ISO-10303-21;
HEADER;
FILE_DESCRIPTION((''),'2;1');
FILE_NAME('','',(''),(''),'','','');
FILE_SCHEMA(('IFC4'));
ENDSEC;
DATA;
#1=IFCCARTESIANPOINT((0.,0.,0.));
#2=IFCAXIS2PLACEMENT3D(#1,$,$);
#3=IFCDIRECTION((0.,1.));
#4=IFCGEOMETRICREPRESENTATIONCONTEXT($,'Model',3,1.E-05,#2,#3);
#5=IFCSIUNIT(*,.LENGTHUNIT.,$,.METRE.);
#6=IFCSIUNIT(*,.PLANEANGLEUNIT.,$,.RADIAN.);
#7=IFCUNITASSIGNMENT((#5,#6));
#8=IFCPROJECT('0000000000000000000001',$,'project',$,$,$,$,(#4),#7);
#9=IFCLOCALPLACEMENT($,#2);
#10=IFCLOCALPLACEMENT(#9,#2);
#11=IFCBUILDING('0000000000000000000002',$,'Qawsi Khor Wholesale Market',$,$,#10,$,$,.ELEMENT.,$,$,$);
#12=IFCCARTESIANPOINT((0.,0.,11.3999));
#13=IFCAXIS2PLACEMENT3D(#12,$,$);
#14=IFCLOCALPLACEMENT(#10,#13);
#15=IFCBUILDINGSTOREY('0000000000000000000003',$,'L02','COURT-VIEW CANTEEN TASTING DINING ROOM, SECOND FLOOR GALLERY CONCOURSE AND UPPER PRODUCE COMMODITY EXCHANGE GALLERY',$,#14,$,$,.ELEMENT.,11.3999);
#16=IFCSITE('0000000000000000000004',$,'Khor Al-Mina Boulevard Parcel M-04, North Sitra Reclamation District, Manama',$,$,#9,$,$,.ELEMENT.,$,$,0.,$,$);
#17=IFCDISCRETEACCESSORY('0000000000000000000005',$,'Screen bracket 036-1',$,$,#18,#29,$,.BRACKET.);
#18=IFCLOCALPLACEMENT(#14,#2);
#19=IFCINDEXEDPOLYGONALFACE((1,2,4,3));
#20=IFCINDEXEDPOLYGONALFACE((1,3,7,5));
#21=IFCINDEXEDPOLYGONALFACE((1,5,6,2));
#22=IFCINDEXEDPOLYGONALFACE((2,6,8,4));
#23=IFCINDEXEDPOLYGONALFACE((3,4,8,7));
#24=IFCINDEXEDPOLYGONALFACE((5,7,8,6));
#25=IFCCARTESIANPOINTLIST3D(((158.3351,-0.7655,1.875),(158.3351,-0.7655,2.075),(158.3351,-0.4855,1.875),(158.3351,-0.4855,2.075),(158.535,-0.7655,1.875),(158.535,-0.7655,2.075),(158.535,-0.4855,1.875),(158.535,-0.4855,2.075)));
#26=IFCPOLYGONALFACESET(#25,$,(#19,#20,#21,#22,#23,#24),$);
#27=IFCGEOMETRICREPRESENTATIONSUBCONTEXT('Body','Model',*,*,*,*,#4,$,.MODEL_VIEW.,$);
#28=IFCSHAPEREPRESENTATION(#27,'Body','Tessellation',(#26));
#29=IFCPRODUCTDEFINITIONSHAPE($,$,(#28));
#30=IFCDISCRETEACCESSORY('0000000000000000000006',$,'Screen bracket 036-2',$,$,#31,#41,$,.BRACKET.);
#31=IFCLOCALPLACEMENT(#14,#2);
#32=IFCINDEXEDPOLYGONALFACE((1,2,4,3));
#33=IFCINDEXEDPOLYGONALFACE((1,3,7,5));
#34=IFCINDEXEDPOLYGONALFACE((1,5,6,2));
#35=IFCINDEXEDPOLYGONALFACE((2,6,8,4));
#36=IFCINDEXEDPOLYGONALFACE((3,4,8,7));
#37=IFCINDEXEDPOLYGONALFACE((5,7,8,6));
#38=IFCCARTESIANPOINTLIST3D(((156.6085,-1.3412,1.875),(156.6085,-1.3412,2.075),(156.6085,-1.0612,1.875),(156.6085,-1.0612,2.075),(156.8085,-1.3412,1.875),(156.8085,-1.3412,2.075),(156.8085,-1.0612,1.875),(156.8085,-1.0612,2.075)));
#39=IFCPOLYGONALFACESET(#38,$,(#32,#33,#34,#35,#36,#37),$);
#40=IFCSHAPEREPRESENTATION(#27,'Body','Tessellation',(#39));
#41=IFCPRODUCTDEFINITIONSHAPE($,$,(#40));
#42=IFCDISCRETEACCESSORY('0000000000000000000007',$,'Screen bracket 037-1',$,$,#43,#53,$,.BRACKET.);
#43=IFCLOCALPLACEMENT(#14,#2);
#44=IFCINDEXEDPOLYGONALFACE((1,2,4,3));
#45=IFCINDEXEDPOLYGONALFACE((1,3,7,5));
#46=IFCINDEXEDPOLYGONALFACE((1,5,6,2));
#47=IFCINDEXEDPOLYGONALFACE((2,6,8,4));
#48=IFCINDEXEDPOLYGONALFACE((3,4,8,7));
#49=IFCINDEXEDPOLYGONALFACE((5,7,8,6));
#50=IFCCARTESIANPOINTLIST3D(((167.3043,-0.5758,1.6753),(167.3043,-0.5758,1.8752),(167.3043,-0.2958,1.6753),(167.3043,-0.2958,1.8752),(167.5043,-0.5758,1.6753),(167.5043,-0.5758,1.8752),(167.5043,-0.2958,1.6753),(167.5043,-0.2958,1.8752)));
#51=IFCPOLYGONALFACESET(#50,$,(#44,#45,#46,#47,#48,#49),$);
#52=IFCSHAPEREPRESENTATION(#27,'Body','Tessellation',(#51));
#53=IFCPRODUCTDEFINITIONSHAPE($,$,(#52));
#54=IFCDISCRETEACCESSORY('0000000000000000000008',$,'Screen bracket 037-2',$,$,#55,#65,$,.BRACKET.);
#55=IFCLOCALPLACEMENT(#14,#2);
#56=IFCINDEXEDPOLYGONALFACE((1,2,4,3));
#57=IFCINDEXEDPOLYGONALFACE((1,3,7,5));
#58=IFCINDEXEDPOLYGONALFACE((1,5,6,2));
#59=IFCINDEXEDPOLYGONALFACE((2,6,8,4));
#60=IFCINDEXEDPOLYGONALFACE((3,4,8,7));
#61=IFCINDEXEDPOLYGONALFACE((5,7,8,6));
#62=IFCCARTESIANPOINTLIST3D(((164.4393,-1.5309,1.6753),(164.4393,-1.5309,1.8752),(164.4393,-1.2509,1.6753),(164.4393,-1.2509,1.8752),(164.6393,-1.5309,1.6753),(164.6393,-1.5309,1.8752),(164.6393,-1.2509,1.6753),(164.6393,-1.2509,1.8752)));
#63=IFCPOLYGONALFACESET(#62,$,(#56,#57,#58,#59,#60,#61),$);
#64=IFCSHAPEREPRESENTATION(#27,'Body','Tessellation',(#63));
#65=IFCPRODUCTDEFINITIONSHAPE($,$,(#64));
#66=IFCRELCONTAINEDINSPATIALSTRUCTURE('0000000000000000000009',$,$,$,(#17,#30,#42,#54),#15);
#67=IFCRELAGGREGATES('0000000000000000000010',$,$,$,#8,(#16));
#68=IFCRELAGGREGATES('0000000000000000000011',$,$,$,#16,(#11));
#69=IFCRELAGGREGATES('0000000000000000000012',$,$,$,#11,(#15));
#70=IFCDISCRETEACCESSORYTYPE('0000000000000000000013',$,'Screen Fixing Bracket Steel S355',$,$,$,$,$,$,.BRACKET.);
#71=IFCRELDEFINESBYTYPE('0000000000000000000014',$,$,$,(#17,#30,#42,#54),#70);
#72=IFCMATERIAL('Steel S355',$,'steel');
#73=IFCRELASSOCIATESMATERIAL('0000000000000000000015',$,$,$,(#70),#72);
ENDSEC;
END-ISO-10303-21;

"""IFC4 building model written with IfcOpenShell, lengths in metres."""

from ifc_helpers import new_model, si_unit, direction, frame, origin, origin_2d, place, context, subcontext, project, spatial, rectangle, extrude, material, type_object, element, save


model = new_model("IFC4")

# Units and contexts
model_context = context("Model", 3, precision=1e-05, world=origin(), true_north=direction((0.0, 1.0)))
body_context = subcontext(model_context, "Body", "Model", "MODEL_VIEW")
ifc_project = project(units=[si_unit("LENGTHUNIT", "METRE"), si_unit("PLANEANGLEUNIT", "RADIAN")], contexts=[model_context])

# Site, building, storey
site_placement = place(None, origin())
site = spatial("IfcSite", under=ifc_project, at=site_placement, Name="Khor Al-Mina Boulevard Parcel M-04, North Sitra Reclamation District, Manama", CompositionType="ELEMENT", RefElevation=0.0)
building_placement = place(site_placement, origin())
building = spatial("IfcBuilding", under=site, at=building_placement, Name="Qawsi Khor Wholesale Market", CompositionType="ELEMENT")
storey_placement = place(building_placement, frame((0.0, 0.0, 11.3999)))
storey = spatial("IfcBuildingStorey", under=building, at=storey_placement, Name="L02", Description="COURT-VIEW CANTEEN TASTING DINING ROOM, SECOND FLOOR GALLERY CONCOURSE AND UPPER PRODUCE COMMODITY EXCHANGE GALLERY", CompositionType="ELEMENT", Elevation=11.3999)

# Shared definitions
ifc_material_1 = material(Name="Steel S355", Category="steel")

# Discrete accessories
discrete_accessory_type = type_object("IfcDiscreteAccessoryType", Name="Screen Fixing Bracket Steel S355", PredefinedType="BRACKET", material=ifc_material_1)
for number, where, z_axis, x_axis, name in (
    (1, (158.4351, -0.6255, 1.875), (0.0, 0.0, 1.0), (1.0, 0.0, 0.0), "Screen bracket 036-1"),
    (2, (156.7085, -1.2012, 1.875), (0.0, 0.0, 1.0), (1.0, 0.0, 0.0), "Screen bracket 036-2"),
    (3, (167.4043, -0.4358, 1.6753), (0.0, 0.0, 1.0), (1.0, 0.0, 0.0), "Screen bracket 037-1"),
    (4, (164.5393, -1.3909, 1.6753), (0.0, 0.0, 1.0), (1.0, 0.0, 0.0), "Screen bracket 037-2"),
):
    element("IfcDiscreteAccessory", number, at=place(storey_placement, frame(where, z_axis=z_axis, x_axis=x_axis)), inside=storey, type_object=discrete_accessory_type, Name=name, PredefinedType="BRACKET", context=body_context, shape_type="SweptSolid", body=[
        extrude(rectangle(XDim=0.2, YDim=0.28, at=origin_2d()), origin(), (0.0, 0.0, 1.0), 0.2),
    ])

save(model, "model.ifc")
